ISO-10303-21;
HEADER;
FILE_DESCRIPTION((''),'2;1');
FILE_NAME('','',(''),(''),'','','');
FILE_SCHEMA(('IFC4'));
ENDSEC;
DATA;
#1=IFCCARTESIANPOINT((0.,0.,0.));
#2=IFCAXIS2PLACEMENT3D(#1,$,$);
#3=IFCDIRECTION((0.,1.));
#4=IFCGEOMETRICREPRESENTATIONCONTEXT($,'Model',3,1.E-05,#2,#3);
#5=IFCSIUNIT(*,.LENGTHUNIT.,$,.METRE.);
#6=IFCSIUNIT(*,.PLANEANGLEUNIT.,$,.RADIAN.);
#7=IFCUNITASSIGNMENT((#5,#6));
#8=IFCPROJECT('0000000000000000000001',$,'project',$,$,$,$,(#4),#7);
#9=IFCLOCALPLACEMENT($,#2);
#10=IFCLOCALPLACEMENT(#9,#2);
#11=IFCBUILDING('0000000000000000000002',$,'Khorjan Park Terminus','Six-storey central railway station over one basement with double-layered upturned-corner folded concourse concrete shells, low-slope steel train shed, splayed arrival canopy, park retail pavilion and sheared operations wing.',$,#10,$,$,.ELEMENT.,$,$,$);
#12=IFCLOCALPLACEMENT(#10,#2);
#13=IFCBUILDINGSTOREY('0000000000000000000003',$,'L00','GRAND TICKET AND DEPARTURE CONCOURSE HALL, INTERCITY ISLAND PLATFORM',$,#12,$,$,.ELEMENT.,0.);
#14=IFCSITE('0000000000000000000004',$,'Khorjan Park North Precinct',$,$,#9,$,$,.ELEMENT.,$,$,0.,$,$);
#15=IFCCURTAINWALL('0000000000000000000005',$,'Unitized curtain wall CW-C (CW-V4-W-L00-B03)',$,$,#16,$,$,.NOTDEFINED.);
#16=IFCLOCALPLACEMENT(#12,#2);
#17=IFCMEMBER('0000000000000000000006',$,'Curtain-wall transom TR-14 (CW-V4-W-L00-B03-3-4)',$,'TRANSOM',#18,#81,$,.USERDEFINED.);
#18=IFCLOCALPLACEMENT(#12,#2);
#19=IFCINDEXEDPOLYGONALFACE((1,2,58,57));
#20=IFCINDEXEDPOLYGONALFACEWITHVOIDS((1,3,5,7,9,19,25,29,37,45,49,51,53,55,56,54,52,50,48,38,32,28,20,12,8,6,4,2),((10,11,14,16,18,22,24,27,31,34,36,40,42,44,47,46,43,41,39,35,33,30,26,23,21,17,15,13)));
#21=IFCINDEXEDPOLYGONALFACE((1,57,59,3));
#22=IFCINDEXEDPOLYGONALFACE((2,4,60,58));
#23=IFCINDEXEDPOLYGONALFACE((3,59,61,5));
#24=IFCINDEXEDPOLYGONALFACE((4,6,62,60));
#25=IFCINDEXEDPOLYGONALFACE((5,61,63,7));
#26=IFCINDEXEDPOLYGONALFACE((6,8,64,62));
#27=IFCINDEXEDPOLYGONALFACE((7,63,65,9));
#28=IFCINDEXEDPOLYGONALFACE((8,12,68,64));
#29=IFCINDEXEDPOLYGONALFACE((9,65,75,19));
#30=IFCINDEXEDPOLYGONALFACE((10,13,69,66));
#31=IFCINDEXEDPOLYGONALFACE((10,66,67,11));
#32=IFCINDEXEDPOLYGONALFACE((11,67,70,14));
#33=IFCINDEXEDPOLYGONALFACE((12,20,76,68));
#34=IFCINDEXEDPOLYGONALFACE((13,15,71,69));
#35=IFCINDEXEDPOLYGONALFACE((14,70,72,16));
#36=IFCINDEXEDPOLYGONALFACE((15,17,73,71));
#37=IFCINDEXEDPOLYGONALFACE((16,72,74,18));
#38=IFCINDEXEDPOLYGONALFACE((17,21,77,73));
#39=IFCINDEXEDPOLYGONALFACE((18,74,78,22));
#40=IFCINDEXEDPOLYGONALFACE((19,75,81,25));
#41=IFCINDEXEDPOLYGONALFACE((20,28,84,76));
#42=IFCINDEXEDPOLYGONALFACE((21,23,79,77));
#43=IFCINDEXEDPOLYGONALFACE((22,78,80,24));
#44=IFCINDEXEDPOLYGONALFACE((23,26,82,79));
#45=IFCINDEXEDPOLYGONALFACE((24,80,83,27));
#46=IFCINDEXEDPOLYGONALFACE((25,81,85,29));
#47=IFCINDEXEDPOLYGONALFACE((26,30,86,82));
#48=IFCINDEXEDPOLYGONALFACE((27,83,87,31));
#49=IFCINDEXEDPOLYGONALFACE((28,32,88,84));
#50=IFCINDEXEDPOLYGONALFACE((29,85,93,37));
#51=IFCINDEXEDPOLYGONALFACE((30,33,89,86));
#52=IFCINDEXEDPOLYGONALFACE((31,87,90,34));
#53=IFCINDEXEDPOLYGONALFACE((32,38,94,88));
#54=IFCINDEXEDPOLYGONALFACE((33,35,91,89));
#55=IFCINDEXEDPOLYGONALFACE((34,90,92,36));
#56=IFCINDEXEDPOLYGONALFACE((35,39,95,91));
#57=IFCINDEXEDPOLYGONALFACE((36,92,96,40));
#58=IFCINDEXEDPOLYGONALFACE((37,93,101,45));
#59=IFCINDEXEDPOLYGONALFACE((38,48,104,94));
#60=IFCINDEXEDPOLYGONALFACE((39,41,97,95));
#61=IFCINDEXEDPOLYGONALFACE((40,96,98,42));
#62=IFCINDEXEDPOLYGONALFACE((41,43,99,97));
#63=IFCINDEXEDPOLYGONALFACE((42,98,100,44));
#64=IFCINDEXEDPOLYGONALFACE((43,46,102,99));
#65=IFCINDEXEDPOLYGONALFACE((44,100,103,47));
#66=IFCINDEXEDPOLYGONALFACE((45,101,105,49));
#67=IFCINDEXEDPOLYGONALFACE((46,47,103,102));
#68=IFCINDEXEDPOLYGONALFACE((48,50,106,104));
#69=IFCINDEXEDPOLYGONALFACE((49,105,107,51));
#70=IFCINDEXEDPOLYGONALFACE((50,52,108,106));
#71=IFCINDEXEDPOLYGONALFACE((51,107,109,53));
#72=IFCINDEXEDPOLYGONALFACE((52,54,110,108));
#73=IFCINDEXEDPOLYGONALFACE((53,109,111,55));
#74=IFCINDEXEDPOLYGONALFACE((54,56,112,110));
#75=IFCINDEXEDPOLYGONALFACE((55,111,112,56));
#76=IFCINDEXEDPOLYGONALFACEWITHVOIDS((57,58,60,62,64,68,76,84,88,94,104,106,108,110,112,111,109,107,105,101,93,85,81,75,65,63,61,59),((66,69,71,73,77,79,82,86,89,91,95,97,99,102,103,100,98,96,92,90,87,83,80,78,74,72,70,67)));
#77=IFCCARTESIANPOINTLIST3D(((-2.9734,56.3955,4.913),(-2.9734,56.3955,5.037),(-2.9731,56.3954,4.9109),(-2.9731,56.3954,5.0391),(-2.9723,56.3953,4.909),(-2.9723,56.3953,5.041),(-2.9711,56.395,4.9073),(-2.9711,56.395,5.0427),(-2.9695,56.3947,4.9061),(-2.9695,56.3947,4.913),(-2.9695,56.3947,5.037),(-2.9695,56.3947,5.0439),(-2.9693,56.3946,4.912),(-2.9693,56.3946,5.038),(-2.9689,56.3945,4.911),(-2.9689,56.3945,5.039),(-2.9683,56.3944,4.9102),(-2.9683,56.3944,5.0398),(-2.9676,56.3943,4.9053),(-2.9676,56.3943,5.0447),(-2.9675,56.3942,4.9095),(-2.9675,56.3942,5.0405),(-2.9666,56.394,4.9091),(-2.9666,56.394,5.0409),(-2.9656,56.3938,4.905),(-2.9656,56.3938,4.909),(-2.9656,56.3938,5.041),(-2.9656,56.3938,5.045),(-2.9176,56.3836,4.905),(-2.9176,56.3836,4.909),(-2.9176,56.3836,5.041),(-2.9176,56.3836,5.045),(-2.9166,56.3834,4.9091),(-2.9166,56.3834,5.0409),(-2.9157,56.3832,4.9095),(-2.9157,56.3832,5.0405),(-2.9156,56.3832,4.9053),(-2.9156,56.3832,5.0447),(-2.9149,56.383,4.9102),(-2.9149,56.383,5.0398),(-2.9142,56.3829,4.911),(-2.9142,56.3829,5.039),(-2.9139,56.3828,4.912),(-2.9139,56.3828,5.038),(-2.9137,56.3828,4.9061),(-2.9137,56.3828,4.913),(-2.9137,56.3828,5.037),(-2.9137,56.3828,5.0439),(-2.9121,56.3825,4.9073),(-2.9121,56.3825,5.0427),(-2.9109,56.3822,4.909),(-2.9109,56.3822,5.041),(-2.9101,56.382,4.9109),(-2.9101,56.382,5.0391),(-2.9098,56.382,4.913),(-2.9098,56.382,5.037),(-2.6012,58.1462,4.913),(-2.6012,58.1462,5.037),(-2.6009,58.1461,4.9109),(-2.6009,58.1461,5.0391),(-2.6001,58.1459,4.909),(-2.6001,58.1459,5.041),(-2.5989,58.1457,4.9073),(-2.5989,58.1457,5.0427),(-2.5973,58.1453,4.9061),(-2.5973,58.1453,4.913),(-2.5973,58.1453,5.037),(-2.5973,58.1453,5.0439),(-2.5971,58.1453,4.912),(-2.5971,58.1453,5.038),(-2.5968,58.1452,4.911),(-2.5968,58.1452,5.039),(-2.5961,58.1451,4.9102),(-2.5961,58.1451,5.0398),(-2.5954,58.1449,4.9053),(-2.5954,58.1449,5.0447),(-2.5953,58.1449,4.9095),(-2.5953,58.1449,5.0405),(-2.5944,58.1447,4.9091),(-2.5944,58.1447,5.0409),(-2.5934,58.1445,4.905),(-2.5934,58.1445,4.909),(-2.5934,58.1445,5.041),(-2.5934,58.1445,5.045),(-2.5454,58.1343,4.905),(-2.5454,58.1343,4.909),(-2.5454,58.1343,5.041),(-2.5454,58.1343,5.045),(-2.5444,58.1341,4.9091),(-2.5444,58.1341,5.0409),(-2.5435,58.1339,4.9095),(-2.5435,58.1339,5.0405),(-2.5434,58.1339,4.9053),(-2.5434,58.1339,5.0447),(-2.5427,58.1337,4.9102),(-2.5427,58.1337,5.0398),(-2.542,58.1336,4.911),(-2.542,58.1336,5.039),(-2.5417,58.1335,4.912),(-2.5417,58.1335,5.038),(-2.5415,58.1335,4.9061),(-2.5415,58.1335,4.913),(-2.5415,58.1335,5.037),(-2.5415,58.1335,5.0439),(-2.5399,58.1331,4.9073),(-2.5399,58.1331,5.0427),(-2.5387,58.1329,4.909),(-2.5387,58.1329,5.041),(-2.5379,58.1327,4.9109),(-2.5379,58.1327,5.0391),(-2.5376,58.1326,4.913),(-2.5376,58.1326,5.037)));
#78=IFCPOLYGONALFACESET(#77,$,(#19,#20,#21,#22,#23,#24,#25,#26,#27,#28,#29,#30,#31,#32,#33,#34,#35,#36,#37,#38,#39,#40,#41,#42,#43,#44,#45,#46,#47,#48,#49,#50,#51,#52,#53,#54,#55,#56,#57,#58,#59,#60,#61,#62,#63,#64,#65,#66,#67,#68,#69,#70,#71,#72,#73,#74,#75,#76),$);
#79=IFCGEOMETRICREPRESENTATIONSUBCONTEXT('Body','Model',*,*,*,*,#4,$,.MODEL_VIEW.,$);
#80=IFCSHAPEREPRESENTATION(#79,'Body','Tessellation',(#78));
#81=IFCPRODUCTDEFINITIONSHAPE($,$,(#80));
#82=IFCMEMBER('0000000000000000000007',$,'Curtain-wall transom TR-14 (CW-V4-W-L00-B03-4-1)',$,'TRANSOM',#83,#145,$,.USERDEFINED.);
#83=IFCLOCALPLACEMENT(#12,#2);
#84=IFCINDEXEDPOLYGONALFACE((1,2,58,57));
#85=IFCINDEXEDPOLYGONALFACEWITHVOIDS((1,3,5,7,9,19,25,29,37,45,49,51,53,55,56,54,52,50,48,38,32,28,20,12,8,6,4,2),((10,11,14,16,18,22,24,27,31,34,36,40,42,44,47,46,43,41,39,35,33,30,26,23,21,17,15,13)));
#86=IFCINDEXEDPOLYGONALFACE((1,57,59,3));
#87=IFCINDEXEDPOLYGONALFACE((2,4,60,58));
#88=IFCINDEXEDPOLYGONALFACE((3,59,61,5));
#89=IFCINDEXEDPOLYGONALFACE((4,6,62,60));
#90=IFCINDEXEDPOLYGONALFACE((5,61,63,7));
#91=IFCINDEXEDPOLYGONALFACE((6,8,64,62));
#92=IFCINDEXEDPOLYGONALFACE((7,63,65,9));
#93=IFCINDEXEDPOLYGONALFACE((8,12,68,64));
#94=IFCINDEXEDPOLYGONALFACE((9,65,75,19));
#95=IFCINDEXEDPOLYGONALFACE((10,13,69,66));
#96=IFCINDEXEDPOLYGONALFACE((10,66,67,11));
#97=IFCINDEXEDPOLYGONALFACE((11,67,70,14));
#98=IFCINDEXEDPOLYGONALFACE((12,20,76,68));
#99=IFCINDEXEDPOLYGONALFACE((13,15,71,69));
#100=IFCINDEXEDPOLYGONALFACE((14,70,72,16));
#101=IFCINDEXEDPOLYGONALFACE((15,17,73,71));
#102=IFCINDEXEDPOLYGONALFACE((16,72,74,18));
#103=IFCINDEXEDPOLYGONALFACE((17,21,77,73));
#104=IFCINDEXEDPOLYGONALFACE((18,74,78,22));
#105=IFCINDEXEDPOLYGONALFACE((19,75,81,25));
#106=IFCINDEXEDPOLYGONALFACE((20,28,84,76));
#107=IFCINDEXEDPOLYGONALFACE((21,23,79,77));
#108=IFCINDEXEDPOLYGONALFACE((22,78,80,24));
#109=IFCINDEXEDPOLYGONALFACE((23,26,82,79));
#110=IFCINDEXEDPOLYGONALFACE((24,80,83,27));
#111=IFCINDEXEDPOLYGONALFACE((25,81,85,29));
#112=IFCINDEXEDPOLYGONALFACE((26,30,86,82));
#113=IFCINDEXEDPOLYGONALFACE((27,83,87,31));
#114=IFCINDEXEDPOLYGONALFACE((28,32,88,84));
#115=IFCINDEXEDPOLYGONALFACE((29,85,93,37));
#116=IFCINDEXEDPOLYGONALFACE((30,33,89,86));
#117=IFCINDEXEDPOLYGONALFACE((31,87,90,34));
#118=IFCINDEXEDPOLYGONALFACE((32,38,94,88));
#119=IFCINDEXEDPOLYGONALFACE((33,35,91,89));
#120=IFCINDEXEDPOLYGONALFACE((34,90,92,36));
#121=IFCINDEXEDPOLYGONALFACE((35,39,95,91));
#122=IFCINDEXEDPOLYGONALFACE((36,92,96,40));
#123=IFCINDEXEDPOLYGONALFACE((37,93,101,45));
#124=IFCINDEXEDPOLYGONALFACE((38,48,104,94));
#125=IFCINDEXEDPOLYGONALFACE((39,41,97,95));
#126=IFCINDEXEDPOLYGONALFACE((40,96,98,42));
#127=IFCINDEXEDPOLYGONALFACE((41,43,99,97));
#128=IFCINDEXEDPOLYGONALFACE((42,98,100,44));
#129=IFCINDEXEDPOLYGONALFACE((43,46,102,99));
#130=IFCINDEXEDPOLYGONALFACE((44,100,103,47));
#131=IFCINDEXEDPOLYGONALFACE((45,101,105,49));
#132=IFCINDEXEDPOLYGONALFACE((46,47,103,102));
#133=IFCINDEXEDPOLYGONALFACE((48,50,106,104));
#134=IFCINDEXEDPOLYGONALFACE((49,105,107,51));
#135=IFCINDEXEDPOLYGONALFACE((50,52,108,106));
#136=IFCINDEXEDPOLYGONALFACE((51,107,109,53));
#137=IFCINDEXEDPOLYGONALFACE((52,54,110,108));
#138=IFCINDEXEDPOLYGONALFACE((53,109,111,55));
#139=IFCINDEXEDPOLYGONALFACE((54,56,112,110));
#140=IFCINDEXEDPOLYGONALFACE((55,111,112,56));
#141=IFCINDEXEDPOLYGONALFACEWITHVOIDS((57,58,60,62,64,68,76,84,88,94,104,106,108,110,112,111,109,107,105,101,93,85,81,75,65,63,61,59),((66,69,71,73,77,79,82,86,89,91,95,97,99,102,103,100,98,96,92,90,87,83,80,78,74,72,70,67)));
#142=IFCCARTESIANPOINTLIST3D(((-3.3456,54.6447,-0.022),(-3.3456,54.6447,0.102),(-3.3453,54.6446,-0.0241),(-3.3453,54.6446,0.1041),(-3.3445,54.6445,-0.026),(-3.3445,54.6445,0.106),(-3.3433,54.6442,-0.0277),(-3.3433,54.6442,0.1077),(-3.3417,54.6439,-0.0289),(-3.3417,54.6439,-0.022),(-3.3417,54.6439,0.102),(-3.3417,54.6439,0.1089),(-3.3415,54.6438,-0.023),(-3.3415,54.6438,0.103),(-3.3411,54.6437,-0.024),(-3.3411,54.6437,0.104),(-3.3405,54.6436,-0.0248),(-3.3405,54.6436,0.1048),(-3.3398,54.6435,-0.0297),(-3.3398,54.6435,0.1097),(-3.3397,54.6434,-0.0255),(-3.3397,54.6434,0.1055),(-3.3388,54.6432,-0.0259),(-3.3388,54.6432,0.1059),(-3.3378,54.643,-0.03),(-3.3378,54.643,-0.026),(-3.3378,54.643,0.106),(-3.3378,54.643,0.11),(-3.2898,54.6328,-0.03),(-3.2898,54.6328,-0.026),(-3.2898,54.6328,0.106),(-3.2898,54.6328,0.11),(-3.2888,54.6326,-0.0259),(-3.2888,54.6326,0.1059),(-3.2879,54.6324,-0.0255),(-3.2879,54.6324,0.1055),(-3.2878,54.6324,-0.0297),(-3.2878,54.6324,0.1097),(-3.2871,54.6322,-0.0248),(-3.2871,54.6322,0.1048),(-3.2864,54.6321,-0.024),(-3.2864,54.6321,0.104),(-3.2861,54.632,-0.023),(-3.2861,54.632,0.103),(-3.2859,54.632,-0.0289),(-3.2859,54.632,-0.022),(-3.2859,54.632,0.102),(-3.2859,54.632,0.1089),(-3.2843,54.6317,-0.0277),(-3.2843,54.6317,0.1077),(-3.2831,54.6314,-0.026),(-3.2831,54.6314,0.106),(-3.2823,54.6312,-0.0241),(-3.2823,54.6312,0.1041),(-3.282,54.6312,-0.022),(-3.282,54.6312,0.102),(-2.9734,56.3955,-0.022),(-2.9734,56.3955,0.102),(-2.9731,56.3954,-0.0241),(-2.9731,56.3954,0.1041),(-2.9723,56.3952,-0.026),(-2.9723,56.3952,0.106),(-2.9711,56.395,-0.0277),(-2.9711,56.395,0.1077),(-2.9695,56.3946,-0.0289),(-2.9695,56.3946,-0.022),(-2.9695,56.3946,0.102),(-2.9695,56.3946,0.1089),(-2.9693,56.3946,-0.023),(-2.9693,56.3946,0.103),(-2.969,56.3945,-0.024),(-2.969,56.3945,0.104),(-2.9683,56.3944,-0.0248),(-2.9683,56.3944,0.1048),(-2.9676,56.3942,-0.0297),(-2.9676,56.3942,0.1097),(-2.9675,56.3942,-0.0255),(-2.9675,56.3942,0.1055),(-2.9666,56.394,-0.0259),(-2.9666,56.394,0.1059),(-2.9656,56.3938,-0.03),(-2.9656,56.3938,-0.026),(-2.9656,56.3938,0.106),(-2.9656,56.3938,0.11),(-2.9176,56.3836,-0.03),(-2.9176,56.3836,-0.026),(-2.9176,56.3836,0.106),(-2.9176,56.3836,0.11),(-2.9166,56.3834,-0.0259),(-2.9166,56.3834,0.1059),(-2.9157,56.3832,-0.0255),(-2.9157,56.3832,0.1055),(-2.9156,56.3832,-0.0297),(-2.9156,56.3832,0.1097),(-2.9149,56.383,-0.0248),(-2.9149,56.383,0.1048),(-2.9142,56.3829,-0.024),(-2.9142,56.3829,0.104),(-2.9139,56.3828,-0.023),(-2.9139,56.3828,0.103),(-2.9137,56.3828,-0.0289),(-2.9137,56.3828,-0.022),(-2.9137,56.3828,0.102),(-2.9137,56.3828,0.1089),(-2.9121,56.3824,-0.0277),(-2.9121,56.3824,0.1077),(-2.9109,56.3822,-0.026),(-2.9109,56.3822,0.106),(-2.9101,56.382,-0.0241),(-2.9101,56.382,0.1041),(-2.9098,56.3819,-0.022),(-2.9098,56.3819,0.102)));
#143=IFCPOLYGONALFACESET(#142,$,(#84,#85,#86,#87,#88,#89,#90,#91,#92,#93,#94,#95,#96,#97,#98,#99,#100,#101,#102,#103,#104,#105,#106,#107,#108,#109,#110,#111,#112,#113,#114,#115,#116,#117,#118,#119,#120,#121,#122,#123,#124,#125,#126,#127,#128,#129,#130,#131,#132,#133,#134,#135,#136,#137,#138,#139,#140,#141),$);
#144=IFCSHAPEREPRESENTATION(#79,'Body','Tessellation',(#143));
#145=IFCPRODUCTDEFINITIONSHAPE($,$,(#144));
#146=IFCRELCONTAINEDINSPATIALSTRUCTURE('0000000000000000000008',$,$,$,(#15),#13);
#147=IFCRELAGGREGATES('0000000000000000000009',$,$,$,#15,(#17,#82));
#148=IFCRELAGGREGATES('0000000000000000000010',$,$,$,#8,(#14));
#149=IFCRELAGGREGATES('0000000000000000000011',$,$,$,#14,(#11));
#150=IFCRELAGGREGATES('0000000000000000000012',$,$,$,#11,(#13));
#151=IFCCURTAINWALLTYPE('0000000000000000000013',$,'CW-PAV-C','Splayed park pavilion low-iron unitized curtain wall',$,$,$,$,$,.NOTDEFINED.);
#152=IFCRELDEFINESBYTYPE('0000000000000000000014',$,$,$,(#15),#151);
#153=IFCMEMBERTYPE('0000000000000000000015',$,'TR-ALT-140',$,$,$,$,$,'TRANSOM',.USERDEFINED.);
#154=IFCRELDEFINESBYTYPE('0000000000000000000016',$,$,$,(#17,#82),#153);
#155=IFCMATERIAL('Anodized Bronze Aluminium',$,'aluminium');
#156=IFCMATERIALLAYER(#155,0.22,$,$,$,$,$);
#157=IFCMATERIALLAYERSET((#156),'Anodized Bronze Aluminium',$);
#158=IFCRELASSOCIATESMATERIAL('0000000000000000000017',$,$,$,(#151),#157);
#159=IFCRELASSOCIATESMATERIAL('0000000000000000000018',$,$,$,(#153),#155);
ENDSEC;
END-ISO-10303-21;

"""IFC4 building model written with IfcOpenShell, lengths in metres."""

from ifc_helpers import new_model, si_unit, direction, frame, origin, origin_2d, place, context, subcontext, project, spatial, hollow_rectangle, extrude, material, layer, layer_set, material_profile, profile_set, type_object, element, aggregate, save


model = new_model("IFC4")

# Units and contexts
model_context = context("Model", 3, precision=1e-05, world=origin(), true_north=direction((0.0, 1.0)))
body_context = subcontext(model_context, "Body", "Model", "MODEL_VIEW")
ifc_project = project(units=[si_unit("LENGTHUNIT", "METRE"), si_unit("PLANEANGLEUNIT", "RADIAN")], contexts=[model_context])

# Site, building, storey
site_placement = place(None, origin())
site = spatial("IfcSite", under=ifc_project, at=site_placement, Name="Khorjan Park North Precinct", CompositionType="ELEMENT", RefElevation=0.0)
building_placement = place(site_placement, origin())
building = spatial("IfcBuilding", under=site, at=building_placement, Name="Khorjan Park Terminus", Description="Six-storey central railway station over one basement with double-layered upturned-corner folded concourse concrete shells, low-slope steel train shed, splayed arrival canopy, park retail pavilion and sheared operations wing.", CompositionType="ELEMENT")
storey_placement = place(building_placement, origin())
storey = spatial("IfcBuildingStorey", under=building, at=storey_placement, Name="L00", Description="GRAND TICKET AND DEPARTURE CONCOURSE HALL, INTERCITY ISLAND PLATFORM", CompositionType="ELEMENT", Elevation=0.0)

# Curtain wall, members
ifc_material_1 = material(Name="Anodized Bronze Aluminium", Category="aluminium")
ifc_layer_1 = layer(ifc_material_1, 0.22)
ifc_layer_set_1 = layer_set([ifc_layer_1], Name="Anodized Bronze Aluminium")
curtain_wall_type = type_object("IfcCurtainWallType", Name="CW-PAV-C", Description="Splayed park pavilion low-iron unitized curtain wall", PredefinedType="NOTDEFINED", material=ifc_layer_set_1)
curtain_wall_placement = place(storey_placement, origin())
curtain_wall = element("IfcCurtainWall", 1, at=curtain_wall_placement, inside=storey, type_object=curtain_wall_type, Name="Unitized curtain wall CW-C (CW-V4-W-L00-B03)", PredefinedType="NOTDEFINED")
ifc_material_profile_1 = material_profile(ifc_material_1, hollow_rectangle(XDim=0.065, YDim=0.14, WallThickness=0.004, InnerFilletRadius=0.004, OuterFilletRadius=0.008, at=origin_2d()), Name="ALT 65x140x4")
ifc_profile_set_1 = profile_set([ifc_material_profile_1], Name="Anodized Bronze Aluminium")
member_type_1 = type_object("IfcMemberType", Name="TR-ALT-140", ElementType="TRANSOM", PredefinedType="USERDEFINED", material=ifc_profile_set_1)
member_1_placement = place(storey_placement, frame((-2.5694, 58.1394, 4.975), z_axis=(-0.207953, -0.978139, 0.0), x_axis=(0.978139, -0.207953, 0.0)))
member_1 = element("IfcMember", 2, at=member_1_placement, type_object=member_type_1, Name="Curtain-wall transom TR-14 (CW-V4-W-L00-B03-3-4)", ObjectType="TRANSOM", PredefinedType="USERDEFINED", context=body_context, shape_type="SweptSolid", body=[
    extrude(hollow_rectangle(XDim=0.065, YDim=0.14, WallThickness=0.004, InnerFilletRadius=0.004, OuterFilletRadius=0.008, at=origin_2d()), origin(), (0.0, 0.0, 1.0), 1.7898),
])
member_2_placement = place(storey_placement, frame((-2.9416, 56.3887, 0.04), z_axis=(-0.207942, -0.978141, 0.0), x_axis=(0.978141, -0.207942, 0.0)))
member_2 = element("IfcMember", 3, at=member_2_placement, type_object=member_type_1, Name="Curtain-wall transom TR-14 (CW-V4-W-L00-B03-4-1)", ObjectType="TRANSOM", PredefinedType="USERDEFINED", context=body_context, shape_type="SweptSolid", body=[
    extrude(hollow_rectangle(XDim=0.065, YDim=0.14, WallThickness=0.004, InnerFilletRadius=0.004, OuterFilletRadius=0.008, at=origin_2d()), origin(), (0.0, 0.0, 1.0), 1.7899),
])
aggregate(curtain_wall, [member_1, member_2])

save(model, "model.ifc")
